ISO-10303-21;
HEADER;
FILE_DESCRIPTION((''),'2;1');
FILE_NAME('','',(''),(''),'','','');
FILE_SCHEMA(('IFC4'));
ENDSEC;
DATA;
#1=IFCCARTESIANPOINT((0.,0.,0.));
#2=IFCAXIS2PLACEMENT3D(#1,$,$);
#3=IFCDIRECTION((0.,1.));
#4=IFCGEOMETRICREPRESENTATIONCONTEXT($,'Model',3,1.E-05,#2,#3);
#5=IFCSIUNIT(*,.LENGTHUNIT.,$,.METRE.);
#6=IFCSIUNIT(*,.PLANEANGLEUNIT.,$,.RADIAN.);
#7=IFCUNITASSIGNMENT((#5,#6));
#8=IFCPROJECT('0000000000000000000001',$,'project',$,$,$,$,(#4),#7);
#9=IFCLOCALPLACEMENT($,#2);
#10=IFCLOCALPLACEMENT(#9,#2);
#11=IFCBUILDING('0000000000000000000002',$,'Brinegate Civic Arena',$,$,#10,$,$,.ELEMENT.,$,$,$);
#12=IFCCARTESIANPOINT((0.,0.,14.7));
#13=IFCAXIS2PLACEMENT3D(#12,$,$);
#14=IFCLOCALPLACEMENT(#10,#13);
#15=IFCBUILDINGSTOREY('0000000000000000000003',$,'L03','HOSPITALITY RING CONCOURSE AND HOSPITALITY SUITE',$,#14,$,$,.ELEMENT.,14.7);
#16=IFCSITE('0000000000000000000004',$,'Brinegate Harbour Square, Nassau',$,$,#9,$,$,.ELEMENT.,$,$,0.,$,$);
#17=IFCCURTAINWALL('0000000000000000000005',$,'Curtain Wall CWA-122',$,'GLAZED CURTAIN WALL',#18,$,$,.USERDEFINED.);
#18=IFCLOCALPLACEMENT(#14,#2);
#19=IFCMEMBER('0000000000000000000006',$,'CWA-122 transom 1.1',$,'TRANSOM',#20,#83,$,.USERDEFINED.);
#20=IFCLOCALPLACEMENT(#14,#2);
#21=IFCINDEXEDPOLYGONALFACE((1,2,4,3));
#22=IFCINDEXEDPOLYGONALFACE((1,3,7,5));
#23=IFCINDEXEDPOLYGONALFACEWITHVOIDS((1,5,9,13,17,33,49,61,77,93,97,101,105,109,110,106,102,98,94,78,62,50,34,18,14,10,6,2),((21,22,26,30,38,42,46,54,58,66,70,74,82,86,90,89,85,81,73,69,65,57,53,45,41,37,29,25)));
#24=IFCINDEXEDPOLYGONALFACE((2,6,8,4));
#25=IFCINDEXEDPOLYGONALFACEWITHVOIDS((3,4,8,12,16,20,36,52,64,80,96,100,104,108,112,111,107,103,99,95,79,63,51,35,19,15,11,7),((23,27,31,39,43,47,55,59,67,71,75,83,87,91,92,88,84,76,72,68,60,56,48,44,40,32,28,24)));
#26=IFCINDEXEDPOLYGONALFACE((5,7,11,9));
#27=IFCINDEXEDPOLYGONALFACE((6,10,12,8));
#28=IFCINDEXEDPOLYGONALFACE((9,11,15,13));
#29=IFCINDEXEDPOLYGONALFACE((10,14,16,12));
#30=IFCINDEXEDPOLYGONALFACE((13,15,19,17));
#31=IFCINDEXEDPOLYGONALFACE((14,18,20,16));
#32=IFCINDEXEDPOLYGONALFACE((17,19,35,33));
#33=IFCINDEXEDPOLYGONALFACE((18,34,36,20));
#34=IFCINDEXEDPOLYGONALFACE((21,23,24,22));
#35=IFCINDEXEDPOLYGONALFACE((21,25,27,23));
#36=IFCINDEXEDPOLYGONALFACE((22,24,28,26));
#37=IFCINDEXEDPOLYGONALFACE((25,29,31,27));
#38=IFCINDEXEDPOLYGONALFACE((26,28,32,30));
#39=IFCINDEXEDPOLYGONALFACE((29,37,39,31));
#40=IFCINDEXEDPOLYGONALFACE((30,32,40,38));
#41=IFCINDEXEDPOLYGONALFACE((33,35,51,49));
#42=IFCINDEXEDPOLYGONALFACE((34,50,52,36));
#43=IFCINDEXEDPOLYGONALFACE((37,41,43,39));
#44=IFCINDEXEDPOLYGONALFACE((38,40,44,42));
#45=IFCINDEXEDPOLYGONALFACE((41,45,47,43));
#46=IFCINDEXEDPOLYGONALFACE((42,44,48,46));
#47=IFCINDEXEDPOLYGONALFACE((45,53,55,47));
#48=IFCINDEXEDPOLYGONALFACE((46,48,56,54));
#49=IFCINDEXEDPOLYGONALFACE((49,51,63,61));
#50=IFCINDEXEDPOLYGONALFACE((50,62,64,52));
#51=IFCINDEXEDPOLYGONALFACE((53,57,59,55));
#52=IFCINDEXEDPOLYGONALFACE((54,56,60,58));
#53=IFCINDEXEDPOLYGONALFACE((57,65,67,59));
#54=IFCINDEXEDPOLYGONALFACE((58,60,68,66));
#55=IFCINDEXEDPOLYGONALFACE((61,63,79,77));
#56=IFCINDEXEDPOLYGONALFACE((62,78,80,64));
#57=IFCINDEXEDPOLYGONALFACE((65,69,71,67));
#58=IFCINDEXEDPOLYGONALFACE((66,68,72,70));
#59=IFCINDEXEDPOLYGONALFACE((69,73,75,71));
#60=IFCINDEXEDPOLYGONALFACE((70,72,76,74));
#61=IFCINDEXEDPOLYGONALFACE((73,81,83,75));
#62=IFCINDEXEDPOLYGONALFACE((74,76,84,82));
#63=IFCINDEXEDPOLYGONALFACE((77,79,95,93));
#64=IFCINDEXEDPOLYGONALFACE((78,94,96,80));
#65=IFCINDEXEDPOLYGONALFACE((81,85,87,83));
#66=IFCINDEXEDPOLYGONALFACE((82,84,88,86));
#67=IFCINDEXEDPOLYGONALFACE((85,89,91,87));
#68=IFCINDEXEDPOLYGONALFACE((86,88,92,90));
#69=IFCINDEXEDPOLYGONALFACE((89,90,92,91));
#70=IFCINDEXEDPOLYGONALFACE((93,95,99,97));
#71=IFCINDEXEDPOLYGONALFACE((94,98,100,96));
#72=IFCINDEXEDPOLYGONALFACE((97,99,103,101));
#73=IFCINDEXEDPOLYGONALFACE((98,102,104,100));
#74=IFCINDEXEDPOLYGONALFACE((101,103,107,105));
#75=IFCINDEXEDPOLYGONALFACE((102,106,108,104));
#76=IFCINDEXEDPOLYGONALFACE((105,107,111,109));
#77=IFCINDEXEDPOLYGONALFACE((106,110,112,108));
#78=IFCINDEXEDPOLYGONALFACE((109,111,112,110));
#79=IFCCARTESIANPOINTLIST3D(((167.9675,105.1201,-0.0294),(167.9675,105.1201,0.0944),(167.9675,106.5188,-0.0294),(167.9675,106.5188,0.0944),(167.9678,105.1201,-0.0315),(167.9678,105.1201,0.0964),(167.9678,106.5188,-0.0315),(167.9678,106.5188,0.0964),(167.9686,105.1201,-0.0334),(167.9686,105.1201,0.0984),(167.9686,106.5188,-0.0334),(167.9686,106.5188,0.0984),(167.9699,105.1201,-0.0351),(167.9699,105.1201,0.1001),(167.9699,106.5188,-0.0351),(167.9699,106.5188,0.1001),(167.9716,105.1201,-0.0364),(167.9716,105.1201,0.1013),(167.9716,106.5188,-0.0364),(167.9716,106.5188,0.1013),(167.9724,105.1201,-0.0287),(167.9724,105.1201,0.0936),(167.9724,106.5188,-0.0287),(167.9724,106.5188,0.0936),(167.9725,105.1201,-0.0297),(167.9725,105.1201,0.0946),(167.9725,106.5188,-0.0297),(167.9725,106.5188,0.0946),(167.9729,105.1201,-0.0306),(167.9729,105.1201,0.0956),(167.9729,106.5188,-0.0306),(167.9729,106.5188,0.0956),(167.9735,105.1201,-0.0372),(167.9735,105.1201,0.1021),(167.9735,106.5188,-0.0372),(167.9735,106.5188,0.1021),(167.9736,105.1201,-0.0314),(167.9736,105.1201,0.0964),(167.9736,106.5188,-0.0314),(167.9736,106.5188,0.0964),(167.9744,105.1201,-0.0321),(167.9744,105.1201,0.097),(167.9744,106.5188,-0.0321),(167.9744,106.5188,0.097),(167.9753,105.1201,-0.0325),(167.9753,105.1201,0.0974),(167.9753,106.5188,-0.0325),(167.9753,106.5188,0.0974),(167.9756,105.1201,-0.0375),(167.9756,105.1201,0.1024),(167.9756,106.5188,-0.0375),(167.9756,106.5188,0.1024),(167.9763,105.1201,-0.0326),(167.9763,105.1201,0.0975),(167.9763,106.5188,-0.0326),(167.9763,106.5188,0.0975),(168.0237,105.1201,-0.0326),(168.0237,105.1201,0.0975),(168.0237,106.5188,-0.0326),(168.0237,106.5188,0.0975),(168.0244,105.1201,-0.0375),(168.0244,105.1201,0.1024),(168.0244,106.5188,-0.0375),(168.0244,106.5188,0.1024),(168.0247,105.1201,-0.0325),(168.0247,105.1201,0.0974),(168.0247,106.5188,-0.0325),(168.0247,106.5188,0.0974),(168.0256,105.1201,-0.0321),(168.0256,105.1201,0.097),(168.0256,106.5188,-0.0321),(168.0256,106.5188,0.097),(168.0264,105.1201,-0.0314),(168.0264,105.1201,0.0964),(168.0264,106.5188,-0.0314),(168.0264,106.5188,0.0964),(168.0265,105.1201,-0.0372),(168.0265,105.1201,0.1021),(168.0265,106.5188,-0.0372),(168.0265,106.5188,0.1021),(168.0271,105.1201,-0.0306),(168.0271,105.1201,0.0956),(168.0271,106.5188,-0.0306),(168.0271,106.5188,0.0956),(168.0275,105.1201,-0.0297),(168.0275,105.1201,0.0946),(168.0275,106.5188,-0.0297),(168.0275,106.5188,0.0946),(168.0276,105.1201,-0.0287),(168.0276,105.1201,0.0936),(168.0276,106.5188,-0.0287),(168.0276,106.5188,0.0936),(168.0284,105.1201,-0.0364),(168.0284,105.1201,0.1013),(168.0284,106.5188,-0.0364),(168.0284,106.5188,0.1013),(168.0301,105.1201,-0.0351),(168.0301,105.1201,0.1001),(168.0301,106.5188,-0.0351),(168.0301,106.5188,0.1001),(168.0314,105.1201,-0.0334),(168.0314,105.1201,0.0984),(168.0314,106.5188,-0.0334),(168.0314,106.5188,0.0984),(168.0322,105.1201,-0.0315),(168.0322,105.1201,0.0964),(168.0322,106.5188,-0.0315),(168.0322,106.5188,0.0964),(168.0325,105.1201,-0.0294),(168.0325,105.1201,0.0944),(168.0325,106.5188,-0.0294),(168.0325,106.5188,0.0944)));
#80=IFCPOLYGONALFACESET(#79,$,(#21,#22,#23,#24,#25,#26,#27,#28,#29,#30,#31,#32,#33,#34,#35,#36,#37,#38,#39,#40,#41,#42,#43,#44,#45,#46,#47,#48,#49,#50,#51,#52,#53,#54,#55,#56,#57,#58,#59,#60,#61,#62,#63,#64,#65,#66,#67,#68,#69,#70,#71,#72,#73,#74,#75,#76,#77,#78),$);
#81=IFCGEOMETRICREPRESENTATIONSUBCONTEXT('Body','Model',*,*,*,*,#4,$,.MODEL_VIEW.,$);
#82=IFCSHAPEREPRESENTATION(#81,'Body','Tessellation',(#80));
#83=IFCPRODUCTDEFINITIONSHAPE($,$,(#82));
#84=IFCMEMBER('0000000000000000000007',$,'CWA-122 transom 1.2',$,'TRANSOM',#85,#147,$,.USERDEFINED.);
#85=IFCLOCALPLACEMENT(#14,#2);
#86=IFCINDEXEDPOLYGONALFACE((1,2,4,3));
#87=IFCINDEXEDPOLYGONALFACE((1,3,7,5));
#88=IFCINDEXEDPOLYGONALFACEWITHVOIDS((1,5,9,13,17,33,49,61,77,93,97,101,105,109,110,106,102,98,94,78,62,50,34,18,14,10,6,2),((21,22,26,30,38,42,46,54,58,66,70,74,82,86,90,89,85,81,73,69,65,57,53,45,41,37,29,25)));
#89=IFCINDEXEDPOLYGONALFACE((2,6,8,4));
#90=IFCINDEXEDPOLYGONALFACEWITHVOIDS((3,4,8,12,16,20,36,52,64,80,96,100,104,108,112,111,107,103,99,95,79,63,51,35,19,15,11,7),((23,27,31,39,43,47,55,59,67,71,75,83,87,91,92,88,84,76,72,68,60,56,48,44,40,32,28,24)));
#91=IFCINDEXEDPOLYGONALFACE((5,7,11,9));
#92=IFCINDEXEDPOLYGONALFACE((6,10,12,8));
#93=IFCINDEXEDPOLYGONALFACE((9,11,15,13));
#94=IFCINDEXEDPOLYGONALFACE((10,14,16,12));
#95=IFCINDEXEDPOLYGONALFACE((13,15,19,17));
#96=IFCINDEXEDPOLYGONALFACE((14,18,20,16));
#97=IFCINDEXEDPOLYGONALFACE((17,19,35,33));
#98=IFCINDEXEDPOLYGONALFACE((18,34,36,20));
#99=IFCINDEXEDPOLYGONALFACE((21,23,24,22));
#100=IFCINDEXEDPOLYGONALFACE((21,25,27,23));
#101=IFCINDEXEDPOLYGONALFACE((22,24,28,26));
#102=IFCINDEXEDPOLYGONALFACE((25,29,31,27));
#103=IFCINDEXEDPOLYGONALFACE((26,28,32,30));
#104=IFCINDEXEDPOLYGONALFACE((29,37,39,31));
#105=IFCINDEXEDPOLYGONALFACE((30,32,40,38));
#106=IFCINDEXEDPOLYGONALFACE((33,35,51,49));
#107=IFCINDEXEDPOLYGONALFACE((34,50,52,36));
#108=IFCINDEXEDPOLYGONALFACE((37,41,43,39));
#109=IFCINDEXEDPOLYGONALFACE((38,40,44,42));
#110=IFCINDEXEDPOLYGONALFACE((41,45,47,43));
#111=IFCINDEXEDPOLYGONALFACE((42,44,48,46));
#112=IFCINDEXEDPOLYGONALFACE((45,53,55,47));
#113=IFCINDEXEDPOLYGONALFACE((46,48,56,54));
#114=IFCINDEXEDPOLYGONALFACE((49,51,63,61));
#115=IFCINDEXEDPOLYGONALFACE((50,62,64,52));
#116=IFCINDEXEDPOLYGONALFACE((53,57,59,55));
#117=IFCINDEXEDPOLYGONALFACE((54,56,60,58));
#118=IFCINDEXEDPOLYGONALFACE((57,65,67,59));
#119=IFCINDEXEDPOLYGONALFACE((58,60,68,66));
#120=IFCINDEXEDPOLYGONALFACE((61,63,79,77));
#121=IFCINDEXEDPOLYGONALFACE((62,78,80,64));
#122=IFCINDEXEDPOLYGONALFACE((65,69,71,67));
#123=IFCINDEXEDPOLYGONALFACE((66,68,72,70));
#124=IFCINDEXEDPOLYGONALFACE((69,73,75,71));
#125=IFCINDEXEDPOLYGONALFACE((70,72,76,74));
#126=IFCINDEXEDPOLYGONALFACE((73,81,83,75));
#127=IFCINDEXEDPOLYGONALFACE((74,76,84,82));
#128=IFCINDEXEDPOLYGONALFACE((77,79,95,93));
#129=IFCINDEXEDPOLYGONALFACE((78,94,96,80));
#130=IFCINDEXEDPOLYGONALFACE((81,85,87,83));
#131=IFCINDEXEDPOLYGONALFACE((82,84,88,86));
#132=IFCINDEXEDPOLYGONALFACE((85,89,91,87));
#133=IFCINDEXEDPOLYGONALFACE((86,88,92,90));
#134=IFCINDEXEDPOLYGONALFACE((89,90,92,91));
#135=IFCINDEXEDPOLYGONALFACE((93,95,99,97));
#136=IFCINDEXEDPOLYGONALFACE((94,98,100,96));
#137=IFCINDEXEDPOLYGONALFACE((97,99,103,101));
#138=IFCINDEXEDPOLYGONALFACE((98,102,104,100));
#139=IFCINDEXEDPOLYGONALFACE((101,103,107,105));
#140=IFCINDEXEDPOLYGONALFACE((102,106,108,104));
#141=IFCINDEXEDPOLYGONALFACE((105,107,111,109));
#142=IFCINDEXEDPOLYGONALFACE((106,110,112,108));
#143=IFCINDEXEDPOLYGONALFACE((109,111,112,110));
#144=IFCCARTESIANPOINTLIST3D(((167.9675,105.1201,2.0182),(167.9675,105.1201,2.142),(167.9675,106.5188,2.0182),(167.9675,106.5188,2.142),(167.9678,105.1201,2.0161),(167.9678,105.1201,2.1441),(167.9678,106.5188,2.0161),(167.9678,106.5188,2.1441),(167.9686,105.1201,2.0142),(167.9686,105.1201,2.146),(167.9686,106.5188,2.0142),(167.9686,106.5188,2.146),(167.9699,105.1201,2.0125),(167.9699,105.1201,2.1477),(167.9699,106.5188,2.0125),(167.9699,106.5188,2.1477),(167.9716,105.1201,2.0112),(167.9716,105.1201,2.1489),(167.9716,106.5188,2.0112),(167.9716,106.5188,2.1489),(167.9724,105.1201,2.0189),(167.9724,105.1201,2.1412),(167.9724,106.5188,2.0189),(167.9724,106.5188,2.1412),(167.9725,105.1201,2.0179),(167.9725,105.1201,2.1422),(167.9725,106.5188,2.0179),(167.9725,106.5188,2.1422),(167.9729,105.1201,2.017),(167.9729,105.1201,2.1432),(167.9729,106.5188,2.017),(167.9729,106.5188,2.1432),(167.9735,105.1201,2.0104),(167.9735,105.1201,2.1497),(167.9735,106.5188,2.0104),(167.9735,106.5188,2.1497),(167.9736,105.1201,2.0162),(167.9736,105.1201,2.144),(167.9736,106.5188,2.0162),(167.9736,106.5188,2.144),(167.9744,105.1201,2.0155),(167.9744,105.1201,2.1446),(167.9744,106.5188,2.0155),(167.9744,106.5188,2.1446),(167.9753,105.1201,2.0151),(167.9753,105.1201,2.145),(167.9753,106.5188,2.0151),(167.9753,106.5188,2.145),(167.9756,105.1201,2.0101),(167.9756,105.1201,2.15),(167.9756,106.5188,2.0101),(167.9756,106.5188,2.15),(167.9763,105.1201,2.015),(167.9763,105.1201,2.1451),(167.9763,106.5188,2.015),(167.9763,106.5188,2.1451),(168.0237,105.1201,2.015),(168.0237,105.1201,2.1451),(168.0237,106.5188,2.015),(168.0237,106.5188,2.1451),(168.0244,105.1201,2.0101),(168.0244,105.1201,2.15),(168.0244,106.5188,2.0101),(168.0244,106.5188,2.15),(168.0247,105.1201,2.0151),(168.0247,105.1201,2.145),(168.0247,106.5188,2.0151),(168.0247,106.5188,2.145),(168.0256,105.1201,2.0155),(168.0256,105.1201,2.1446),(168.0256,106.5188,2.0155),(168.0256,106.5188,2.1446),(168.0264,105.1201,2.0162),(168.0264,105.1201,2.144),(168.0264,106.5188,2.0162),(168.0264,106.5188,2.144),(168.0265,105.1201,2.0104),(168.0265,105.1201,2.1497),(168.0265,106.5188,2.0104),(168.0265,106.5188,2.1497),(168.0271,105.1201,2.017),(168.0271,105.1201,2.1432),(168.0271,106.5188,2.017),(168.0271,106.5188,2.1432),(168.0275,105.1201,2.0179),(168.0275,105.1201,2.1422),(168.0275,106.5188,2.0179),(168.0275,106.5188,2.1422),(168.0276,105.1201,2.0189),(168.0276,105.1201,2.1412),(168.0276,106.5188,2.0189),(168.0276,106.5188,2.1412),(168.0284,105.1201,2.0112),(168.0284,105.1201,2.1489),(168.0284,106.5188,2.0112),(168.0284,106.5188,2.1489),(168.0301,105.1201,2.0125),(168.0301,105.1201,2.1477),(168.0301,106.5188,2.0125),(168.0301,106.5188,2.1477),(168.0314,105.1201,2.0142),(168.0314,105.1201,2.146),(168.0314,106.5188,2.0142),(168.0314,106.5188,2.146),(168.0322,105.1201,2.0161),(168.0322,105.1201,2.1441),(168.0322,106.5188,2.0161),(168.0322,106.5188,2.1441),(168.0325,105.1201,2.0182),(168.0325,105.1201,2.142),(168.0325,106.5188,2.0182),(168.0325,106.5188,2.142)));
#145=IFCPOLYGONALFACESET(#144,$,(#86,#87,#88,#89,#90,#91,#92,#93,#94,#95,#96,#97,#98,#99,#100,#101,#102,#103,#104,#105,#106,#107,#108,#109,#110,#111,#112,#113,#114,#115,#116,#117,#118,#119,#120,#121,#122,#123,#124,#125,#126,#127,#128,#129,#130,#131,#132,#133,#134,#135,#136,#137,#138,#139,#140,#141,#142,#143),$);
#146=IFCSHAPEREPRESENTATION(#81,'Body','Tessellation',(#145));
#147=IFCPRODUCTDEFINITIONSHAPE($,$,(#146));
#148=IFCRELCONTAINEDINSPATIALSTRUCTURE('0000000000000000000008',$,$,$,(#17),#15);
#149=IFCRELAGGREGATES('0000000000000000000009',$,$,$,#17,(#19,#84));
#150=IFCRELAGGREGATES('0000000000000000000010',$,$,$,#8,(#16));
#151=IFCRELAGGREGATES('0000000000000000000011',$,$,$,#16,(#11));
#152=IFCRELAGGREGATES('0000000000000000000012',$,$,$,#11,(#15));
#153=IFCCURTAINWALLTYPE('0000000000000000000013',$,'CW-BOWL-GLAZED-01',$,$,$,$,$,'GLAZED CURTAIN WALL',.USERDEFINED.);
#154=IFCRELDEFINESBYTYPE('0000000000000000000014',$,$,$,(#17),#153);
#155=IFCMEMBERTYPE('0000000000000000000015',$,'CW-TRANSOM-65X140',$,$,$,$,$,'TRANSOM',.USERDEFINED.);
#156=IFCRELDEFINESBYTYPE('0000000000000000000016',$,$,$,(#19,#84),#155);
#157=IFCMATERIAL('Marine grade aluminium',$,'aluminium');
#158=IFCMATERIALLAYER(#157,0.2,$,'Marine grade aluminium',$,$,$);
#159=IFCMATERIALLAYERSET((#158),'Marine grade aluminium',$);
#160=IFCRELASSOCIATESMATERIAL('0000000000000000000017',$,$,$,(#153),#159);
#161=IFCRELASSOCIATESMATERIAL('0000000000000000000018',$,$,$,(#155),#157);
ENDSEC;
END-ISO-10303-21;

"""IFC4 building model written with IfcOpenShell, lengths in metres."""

from ifc_helpers import new_model, si_unit, direction, frame, origin, origin_2d, place, context, subcontext, project, spatial, hollow_rectangle, extrude, material, layer, layer_set, material_profile, profile_set, type_object, element, aggregate, save


model = new_model("IFC4")

# Units and contexts
model_context = context("Model", 3, precision=1e-05, world=origin(), true_north=direction((0.0, 1.0)))
body_context = subcontext(model_context, "Body", "Model", "MODEL_VIEW")
ifc_project = project(units=[si_unit("LENGTHUNIT", "METRE"), si_unit("PLANEANGLEUNIT", "RADIAN")], contexts=[model_context])

# Site, building, storey
site_placement = place(None, origin())
site = spatial("IfcSite", under=ifc_project, at=site_placement, Name="Brinegate Harbour Square, Nassau", CompositionType="ELEMENT", RefElevation=0.0)
building_placement = place(site_placement, origin())
building = spatial("IfcBuilding", under=site, at=building_placement, Name="Brinegate Civic Arena", CompositionType="ELEMENT")
storey_placement = place(building_placement, frame((0.0, 0.0, 14.7)))
storey = spatial("IfcBuildingStorey", under=building, at=storey_placement, Name="L03", Description="HOSPITALITY RING CONCOURSE AND HOSPITALITY SUITE", CompositionType="ELEMENT", Elevation=14.7)

# Curtain wall, members
ifc_material_1 = material(Name="Marine grade aluminium", Category="aluminium")
ifc_layer_1 = layer(ifc_material_1, 0.2, Name="Marine grade aluminium")
ifc_layer_set_1 = layer_set([ifc_layer_1], Name="Marine grade aluminium")
curtain_wall_type = type_object("IfcCurtainWallType", Name="CW-BOWL-GLAZED-01", ElementType="GLAZED CURTAIN WALL", PredefinedType="USERDEFINED", material=ifc_layer_set_1)
curtain_wall_placement = place(storey_placement, origin())
curtain_wall = element("IfcCurtainWall", 1, at=curtain_wall_placement, inside=storey, type_object=curtain_wall_type, Name="Curtain Wall CWA-122", ObjectType="GLAZED CURTAIN WALL", PredefinedType="USERDEFINED")
ifc_material_profile_1 = material_profile(ifc_material_1, hollow_rectangle(XDim=0.0649, YDim=0.1399, WallThickness=0.0049, InnerFilletRadius=0.0039, OuterFilletRadius=0.0081, at=origin_2d()), Name="TRN65X140")
ifc_profile_set_1 = profile_set([ifc_material_profile_1], Name="Marine grade aluminium")
member_type_1 = type_object("IfcMemberType", Name="CW-TRANSOM-65X140", ElementType="TRANSOM", PredefinedType="USERDEFINED", material=ifc_profile_set_1)
member_1_placement = place(storey_placement, frame((168.0, 105.1201, 0.0325), z_axis=(0.0, 1.0, 0.0), x_axis=(-1.0, 0.0, 0.0)))
member_1 = element("IfcMember", 2, at=member_1_placement, type_object=member_type_1, Name="CWA-122 transom 1.1", ObjectType="TRANSOM", PredefinedType="USERDEFINED", context=body_context, shape_type="SweptSolid", body=[
    extrude(hollow_rectangle(XDim=0.0649, YDim=0.1399, WallThickness=0.0049, InnerFilletRadius=0.0039, OuterFilletRadius=0.0081, at=origin_2d()), origin(), (0.0, 0.0, 1.0), 1.3987),
])
member_2_placement = place(storey_placement, frame((168.0, 105.1201, 2.0801), z_axis=(0.0, 1.0, 0.0), x_axis=(-1.0, 0.0, 0.0)))
member_2 = element("IfcMember", 3, at=member_2_placement, type_object=member_type_1, Name="CWA-122 transom 1.2", ObjectType="TRANSOM", PredefinedType="USERDEFINED", context=body_context, shape_type="SweptSolid", body=[
    extrude(hollow_rectangle(XDim=0.0649, YDim=0.1399, WallThickness=0.0049, InnerFilletRadius=0.0039, OuterFilletRadius=0.0081, at=origin_2d()), origin(), (0.0, 0.0, 1.0), 1.3987),
])
aggregate(curtain_wall, [member_1, member_2])

save(model, "model.ifc")
